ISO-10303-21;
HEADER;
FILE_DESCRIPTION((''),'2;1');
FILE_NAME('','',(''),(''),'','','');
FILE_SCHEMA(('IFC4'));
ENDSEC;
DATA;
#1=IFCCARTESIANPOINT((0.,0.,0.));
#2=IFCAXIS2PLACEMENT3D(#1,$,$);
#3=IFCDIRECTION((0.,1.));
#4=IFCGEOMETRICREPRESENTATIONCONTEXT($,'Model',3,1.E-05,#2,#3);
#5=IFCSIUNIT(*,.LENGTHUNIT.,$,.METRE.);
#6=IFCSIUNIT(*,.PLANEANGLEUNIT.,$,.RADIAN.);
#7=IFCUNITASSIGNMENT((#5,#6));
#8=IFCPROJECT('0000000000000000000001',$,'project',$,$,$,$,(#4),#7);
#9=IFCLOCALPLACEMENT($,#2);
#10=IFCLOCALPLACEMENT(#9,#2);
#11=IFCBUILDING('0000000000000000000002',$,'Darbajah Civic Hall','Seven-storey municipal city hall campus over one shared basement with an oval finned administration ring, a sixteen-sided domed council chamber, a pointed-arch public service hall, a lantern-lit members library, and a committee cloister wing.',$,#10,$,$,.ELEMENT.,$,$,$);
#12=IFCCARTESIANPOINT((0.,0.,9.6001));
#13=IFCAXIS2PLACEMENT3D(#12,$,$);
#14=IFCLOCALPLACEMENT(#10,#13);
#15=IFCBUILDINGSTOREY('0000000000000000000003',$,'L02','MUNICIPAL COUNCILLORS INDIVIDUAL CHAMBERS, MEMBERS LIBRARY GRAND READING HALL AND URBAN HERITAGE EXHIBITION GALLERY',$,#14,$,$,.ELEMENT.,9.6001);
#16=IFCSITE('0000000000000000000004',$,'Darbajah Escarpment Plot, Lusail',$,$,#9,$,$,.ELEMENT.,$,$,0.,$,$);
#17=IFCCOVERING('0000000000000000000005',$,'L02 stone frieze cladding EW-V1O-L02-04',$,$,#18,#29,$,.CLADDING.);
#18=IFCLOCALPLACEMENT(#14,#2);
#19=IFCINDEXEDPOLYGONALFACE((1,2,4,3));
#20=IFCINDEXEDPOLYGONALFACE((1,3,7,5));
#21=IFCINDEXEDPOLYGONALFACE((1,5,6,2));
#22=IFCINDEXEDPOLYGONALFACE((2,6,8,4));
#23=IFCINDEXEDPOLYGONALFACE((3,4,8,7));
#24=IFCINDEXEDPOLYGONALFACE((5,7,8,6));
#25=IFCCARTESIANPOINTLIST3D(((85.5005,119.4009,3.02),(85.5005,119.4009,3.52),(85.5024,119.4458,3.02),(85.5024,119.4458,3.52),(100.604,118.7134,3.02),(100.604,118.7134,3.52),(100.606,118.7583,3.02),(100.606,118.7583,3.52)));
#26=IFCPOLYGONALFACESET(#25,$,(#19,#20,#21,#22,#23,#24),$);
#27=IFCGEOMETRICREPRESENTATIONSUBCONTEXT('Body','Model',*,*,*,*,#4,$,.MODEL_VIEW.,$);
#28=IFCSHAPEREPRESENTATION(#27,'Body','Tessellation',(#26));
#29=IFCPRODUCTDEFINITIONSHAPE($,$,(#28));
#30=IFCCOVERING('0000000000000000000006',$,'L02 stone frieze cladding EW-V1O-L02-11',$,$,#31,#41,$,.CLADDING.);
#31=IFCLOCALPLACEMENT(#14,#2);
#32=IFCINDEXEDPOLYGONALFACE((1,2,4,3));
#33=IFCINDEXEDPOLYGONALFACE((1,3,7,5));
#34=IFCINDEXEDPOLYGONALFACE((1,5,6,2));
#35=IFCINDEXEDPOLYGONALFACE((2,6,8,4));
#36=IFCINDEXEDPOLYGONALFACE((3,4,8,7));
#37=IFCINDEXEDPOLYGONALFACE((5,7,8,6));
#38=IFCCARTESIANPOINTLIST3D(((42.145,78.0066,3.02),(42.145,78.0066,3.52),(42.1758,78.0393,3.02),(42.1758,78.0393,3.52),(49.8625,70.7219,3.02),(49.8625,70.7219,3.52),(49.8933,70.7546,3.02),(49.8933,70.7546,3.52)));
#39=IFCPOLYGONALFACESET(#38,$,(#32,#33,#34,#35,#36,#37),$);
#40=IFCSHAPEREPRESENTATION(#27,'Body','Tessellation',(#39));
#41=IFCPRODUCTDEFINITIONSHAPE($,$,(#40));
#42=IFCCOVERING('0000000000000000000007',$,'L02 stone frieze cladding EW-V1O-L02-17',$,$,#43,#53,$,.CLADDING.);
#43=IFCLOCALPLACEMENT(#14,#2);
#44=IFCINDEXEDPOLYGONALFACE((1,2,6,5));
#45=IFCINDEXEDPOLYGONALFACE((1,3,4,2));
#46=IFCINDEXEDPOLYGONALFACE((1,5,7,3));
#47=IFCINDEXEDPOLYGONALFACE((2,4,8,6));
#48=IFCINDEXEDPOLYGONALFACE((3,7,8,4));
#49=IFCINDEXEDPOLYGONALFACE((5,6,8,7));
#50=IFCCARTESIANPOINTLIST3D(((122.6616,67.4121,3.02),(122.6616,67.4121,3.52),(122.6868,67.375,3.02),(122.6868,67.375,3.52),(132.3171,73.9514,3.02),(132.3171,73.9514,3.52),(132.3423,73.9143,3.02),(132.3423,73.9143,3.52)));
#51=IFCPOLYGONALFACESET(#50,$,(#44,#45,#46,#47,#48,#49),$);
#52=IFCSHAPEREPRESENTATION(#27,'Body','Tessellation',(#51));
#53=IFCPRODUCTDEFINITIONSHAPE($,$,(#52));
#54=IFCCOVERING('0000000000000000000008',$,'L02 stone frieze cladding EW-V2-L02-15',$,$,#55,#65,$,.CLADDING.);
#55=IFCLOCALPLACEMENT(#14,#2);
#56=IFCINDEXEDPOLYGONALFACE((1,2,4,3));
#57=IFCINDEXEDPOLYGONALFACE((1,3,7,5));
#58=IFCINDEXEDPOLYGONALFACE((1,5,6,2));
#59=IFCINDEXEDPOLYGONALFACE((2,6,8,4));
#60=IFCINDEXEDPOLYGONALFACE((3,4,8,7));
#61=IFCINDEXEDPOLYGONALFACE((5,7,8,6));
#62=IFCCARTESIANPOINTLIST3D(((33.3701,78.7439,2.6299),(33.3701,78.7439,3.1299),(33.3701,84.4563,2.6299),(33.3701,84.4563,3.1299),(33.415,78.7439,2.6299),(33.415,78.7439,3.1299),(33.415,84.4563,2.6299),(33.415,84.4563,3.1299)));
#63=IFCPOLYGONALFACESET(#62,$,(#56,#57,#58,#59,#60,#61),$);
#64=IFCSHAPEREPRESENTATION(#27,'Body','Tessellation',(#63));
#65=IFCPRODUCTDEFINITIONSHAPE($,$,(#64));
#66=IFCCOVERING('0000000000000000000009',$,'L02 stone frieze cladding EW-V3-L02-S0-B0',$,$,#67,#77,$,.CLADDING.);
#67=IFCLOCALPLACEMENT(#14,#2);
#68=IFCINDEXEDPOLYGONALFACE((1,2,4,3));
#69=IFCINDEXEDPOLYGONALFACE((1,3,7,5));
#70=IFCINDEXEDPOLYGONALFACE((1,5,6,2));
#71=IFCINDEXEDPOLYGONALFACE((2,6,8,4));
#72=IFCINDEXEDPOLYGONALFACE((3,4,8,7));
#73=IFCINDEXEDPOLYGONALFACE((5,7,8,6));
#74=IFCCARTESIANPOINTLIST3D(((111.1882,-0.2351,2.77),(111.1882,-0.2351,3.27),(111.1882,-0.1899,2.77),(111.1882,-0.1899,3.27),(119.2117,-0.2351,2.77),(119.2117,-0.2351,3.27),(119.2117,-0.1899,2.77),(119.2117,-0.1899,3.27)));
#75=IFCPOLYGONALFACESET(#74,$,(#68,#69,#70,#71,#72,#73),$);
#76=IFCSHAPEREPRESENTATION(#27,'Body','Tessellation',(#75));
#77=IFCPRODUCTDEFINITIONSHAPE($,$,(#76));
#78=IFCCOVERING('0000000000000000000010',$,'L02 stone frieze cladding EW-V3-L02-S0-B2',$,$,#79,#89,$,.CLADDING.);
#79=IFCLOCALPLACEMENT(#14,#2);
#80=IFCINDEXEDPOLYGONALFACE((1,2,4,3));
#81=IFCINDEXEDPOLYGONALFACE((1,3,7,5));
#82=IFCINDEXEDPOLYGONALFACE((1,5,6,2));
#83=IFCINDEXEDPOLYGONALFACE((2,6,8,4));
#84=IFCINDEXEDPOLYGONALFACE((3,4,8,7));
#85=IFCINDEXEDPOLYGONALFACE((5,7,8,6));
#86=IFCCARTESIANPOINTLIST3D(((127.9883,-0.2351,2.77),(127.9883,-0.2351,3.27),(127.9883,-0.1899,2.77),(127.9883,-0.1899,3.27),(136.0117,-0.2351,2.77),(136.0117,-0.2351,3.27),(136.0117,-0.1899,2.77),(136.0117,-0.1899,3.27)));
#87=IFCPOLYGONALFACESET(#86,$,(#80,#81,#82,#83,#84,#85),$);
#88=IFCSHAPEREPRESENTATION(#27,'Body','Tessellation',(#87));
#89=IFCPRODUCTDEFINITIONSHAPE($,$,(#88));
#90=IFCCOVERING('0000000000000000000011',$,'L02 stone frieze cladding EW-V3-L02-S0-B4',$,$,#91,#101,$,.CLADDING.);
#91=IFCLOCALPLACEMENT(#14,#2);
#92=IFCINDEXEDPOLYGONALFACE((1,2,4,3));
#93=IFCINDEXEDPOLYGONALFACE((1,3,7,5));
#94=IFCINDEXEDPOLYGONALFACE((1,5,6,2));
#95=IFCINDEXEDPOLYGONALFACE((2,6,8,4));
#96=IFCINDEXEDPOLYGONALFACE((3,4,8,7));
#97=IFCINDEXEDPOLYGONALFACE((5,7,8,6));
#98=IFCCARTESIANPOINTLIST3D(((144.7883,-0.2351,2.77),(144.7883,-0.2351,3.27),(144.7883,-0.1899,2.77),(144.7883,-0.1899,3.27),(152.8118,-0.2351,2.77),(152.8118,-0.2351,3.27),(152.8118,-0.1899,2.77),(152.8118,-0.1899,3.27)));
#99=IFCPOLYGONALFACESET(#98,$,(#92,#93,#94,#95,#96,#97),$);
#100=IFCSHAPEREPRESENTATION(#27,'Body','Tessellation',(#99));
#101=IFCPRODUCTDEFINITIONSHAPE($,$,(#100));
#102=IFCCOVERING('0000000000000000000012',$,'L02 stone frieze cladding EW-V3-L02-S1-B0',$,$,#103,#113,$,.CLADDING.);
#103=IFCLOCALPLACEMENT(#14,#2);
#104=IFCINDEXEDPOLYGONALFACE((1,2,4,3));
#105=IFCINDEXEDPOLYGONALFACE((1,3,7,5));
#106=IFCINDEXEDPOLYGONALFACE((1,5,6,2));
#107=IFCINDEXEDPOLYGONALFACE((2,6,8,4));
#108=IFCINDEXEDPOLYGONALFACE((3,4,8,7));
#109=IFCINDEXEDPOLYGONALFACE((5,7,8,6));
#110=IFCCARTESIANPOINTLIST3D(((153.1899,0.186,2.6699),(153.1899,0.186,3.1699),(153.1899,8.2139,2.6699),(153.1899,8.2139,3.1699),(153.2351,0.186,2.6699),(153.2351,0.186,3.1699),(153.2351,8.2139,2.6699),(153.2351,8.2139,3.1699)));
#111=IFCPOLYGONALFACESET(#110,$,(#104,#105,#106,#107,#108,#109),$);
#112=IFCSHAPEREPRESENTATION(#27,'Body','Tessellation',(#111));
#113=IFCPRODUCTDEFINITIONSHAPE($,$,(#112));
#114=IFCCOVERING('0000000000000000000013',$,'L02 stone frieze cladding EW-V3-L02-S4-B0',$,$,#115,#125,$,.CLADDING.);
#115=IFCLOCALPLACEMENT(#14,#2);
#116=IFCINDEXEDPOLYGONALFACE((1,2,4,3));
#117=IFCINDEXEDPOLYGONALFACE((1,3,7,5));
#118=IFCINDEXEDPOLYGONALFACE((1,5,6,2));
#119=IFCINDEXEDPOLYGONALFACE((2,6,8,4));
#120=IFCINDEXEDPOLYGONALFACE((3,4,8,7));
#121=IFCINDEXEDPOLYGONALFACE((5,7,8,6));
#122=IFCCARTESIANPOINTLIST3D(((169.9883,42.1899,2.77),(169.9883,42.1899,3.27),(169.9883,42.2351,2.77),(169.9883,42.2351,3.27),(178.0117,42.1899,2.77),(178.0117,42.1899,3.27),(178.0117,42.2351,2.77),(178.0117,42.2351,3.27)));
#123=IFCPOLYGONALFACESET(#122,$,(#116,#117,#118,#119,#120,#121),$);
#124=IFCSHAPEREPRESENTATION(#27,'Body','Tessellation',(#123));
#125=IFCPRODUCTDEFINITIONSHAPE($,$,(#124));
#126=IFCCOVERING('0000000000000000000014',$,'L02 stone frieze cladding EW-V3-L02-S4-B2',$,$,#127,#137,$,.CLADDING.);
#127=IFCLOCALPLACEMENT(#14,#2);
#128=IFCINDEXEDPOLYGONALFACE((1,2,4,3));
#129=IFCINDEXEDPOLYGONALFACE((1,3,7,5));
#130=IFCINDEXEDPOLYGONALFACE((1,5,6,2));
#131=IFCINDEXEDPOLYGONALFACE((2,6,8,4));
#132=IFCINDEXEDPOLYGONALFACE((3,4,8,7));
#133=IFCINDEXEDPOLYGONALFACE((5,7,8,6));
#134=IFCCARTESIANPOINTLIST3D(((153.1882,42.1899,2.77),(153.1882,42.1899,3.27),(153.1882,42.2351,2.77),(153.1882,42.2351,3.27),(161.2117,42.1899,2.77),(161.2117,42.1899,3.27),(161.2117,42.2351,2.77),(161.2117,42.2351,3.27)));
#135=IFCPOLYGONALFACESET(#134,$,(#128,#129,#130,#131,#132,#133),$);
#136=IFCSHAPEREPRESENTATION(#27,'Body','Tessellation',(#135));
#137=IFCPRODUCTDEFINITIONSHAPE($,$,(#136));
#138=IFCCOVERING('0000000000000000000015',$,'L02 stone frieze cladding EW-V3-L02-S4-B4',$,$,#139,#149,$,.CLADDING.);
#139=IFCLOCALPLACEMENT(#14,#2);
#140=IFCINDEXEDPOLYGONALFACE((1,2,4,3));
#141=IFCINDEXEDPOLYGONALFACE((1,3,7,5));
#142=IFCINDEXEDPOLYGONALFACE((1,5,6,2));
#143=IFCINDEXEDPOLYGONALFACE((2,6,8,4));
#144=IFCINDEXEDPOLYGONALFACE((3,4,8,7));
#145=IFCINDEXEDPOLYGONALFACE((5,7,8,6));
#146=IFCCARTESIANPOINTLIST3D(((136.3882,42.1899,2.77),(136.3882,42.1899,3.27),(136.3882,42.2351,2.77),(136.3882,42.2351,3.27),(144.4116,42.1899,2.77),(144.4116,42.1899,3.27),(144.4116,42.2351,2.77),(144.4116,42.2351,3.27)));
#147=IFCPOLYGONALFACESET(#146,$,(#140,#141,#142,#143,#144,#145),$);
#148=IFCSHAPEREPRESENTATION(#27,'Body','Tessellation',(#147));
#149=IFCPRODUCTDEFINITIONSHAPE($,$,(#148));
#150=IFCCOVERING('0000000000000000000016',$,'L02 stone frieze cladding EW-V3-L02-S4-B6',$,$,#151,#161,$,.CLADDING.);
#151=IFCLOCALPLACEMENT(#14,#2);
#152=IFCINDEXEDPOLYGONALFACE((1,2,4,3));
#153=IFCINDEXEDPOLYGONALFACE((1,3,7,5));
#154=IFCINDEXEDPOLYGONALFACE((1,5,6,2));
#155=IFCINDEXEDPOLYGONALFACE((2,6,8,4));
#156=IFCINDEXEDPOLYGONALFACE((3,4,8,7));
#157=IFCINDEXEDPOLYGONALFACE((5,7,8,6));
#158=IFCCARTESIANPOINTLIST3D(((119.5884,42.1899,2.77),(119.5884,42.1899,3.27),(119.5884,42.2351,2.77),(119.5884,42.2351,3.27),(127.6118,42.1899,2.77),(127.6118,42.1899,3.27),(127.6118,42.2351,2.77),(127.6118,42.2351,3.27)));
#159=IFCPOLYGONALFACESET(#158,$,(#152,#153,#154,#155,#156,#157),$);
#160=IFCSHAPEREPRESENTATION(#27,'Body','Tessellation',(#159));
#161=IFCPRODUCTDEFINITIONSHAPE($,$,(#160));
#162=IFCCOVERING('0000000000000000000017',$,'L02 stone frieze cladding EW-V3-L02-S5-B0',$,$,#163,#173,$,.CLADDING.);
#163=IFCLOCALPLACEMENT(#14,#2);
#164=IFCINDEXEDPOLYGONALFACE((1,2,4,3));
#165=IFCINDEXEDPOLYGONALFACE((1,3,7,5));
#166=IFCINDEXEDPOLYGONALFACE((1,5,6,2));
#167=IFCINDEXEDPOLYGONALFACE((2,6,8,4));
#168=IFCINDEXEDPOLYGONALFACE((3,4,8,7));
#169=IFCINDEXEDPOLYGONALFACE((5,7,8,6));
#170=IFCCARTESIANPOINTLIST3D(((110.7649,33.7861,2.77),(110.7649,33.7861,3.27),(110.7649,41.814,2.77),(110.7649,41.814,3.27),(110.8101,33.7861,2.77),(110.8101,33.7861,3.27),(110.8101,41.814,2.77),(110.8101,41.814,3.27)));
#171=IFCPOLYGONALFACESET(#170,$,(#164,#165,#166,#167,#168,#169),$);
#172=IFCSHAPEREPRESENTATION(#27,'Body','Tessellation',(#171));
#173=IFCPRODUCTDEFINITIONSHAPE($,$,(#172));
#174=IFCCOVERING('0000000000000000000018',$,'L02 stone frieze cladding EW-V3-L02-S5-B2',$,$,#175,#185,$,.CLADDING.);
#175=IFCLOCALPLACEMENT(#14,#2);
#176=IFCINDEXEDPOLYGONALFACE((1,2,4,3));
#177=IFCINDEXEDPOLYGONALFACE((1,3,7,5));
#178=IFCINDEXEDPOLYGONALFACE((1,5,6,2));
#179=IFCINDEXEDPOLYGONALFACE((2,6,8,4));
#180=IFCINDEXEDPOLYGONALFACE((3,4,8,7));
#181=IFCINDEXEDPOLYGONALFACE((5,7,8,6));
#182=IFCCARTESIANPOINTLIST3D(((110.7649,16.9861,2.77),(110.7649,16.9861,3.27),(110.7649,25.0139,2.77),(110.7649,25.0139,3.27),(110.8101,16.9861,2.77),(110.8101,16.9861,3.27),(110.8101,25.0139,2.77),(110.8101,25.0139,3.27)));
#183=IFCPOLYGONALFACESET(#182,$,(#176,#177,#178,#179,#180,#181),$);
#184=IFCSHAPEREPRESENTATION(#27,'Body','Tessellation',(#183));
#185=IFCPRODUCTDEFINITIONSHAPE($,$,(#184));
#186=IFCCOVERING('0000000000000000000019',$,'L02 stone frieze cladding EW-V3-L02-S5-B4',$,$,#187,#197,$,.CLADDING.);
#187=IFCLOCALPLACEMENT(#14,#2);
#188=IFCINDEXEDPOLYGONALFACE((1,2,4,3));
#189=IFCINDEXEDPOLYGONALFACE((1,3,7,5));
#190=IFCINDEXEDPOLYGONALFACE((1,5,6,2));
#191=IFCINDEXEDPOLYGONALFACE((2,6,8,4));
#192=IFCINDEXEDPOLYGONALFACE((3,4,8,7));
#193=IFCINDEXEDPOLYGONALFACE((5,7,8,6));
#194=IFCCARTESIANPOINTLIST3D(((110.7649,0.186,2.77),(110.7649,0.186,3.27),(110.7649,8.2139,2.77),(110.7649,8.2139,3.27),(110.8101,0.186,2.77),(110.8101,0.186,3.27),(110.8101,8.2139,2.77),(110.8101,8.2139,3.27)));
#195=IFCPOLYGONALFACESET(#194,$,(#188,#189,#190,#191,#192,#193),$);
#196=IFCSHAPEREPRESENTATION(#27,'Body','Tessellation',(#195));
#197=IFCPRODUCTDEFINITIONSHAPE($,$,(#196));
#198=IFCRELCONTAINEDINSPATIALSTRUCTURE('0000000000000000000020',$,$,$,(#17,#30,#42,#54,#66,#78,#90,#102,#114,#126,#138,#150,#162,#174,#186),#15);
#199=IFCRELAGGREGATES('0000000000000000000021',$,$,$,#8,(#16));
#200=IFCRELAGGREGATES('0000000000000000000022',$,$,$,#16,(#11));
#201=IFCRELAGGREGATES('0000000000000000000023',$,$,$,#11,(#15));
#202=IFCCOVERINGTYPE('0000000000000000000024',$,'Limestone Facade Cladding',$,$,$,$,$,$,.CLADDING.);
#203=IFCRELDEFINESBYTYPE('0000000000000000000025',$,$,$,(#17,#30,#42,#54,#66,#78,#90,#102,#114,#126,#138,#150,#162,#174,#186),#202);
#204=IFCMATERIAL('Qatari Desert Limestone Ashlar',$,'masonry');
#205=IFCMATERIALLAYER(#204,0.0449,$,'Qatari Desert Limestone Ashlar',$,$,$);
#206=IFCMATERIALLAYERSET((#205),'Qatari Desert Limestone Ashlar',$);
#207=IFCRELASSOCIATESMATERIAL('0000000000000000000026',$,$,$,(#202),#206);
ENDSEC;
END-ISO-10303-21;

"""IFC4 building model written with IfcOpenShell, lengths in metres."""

from ifc_helpers import new_model, si_unit, direction, frame, origin, place, context, subcontext, project, spatial, polyline, outline, extrude, material, layer, layer_set, type_object, element, save


model = new_model("IFC4")

# Units and contexts
model_context = context("Model", 3, precision=1e-05, world=origin(), true_north=direction((0.0, 1.0)))
body_context = subcontext(model_context, "Body", "Model", "MODEL_VIEW")
ifc_project = project(units=[si_unit("LENGTHUNIT", "METRE"), si_unit("PLANEANGLEUNIT", "RADIAN")], contexts=[model_context])

# Site, building, storey
site_placement = place(None, origin())
site = spatial("IfcSite", under=ifc_project, at=site_placement, Name="Darbajah Escarpment Plot, Lusail", CompositionType="ELEMENT", RefElevation=0.0)
building_placement = place(site_placement, origin())
building = spatial("IfcBuilding", under=site, at=building_placement, Name="Darbajah Civic Hall", Description="Seven-storey municipal city hall campus over one shared basement with an oval finned administration ring, a sixteen-sided domed council chamber, a pointed-arch public service hall, a lantern-lit members library, and a committee cloister wing.", CompositionType="ELEMENT")
storey_placement = place(building_placement, frame((0.0, 0.0, 9.6001)))
storey = spatial("IfcBuildingStorey", under=building, at=storey_placement, Name="L02", Description="MUNICIPAL COUNCILLORS INDIVIDUAL CHAMBERS, MEMBERS LIBRARY GRAND READING HALL AND URBAN HERITAGE EXHIBITION GALLERY", CompositionType="ELEMENT", Elevation=9.6001)

# Coverings
ifc_material_1 = material(Name="Qatari Desert Limestone Ashlar", Category="masonry")
ifc_layer_1 = layer(ifc_material_1, 0.0449, Name="Qatari Desert Limestone Ashlar")
ifc_layer_set_1 = layer_set([ifc_layer_1], Name="Qatari Desert Limestone Ashlar")
covering_type_1 = type_object("IfcCoveringType", Name="Limestone Facade Cladding", PredefinedType="CLADDING", material=ifc_layer_set_1)
covering_1_placement = place(storey_placement, frame((0.0, 0.0, 3.02)))
element("IfcCovering", 1, at=covering_1_placement, inside=storey, type_object=covering_type_1, Name="L02 stone frieze cladding EW-V1O-L02-04", PredefinedType="CLADDING", context=body_context, shape_type="SweptSolid", body=[
    extrude(outline(polyline([(100.604, 118.7134), (85.5005, 119.4009), (85.5024, 119.4458), (100.606, 118.7583), (100.604, 118.7134)])), origin(), (0.0, 0.0, 1.0), 0.5),
])
covering_2_placement = place(storey_placement, frame((0.0, 0.0, 3.02)))
element("IfcCovering", 2, at=covering_2_placement, inside=storey, type_object=covering_type_1, Name="L02 stone frieze cladding EW-V1O-L02-11", PredefinedType="CLADDING", context=body_context, shape_type="SweptSolid", body=[
    extrude(outline(polyline([(42.1758, 78.0393), (49.8933, 70.7546), (49.8625, 70.7219), (42.145, 78.0066), (42.1758, 78.0393)])), origin(), (0.0, 0.0, 1.0), 0.5),
])
covering_3_placement = place(storey_placement, frame((0.0, 0.0, 3.02)))
element("IfcCovering", 3, at=covering_3_placement, inside=storey, type_object=covering_type_1, Name="L02 stone frieze cladding EW-V1O-L02-17", PredefinedType="CLADDING", context=body_context, shape_type="SweptSolid", body=[
    extrude(outline(polyline([(122.6616, 67.4121), (132.3171, 73.9514), (132.3423, 73.9143), (122.6868, 67.375), (122.6616, 67.4121)])), origin(), (0.0, 0.0, 1.0), 0.5),
])
covering_4_placement = place(storey_placement, frame((0.0, 0.0, 2.6299)))
element("IfcCovering", 4, at=covering_4_placement, inside=storey, type_object=covering_type_1, Name="L02 stone frieze cladding EW-V2-L02-15", PredefinedType="CLADDING", context=body_context, shape_type="SweptSolid", body=[
    extrude(outline(polyline([(33.3701, 78.7439), (33.3701, 84.4563), (33.415, 84.4563), (33.415, 78.7439), (33.3701, 78.7439)])), origin(), (0.0, 0.0, 1.0), 0.5),
])
covering_5_placement = place(storey_placement, frame((0.0, 0.0, 2.77)))
element("IfcCovering", 5, at=covering_5_placement, inside=storey, type_object=covering_type_1, Name="L02 stone frieze cladding EW-V3-L02-S0-B0", PredefinedType="CLADDING", context=body_context, shape_type="SweptSolid", body=[
    extrude(outline(polyline([(111.1882, -0.1899), (119.2117, -0.1899), (119.2117, -0.2351), (111.1882, -0.2351), (111.1882, -0.1899)])), origin(), (0.0, 0.0, 1.0), 0.5),
])
covering_6_placement = place(storey_placement, frame((0.0, 0.0, 2.77)))
element("IfcCovering", 6, at=covering_6_placement, inside=storey, type_object=covering_type_1, Name="L02 stone frieze cladding EW-V3-L02-S0-B2", PredefinedType="CLADDING", context=body_context, shape_type="SweptSolid", body=[
    extrude(outline(polyline([(127.9883, -0.1899), (136.0117, -0.1899), (136.0117, -0.2351), (127.9883, -0.2351), (127.9883, -0.1899)])), origin(), (0.0, 0.0, 1.0), 0.5),
])
covering_7_placement = place(storey_placement, frame((0.0, 0.0, 2.77)))
element("IfcCovering", 7, at=covering_7_placement, inside=storey, type_object=covering_type_1, Name="L02 stone frieze cladding EW-V3-L02-S0-B4", PredefinedType="CLADDING", context=body_context, shape_type="SweptSolid", body=[
    extrude(outline(polyline([(144.7883, -0.1899), (152.8118, -0.1899), (152.8118, -0.2351), (144.7883, -0.2351), (144.7883, -0.1899)])), origin(), (0.0, 0.0, 1.0), 0.5),
])
covering_8_placement = place(storey_placement, frame((0.0, 0.0, 2.6699)))
element("IfcCovering", 8, at=covering_8_placement, inside=storey, type_object=covering_type_1, Name="L02 stone frieze cladding EW-V3-L02-S1-B0", PredefinedType="CLADDING", context=body_context, shape_type="SweptSolid", body=[
    extrude(outline(polyline([(153.1899, 0.186), (153.1899, 8.2139), (153.2351, 8.2139), (153.2351, 0.186), (153.1899, 0.186)])), origin(), (0.0, 0.0, 1.0), 0.5),
])
covering_9_placement = place(storey_placement, frame((0.0, 0.0, 2.77)))
element("IfcCovering", 9, at=covering_9_placement, inside=storey, type_object=covering_type_1, Name="L02 stone frieze cladding EW-V3-L02-S4-B0", PredefinedType="CLADDING", context=body_context, shape_type="SweptSolid", body=[
    extrude(outline(polyline([(178.0117, 42.1899), (169.9883, 42.1899), (169.9883, 42.2351), (178.0117, 42.2351), (178.0117, 42.1899)])), origin(), (0.0, 0.0, 1.0), 0.5),
])
covering_10_placement = place(storey_placement, frame((0.0, 0.0, 2.77)))
element("IfcCovering", 10, at=covering_10_placement, inside=storey, type_object=covering_type_1, Name="L02 stone frieze cladding EW-V3-L02-S4-B2", PredefinedType="CLADDING", context=body_context, shape_type="SweptSolid", body=[
    extrude(outline(polyline([(161.2117, 42.1899), (153.1882, 42.1899), (153.1882, 42.2351), (161.2117, 42.2351), (161.2117, 42.1899)])), origin(), (0.0, 0.0, 1.0), 0.5),
])
covering_11_placement = place(storey_placement, frame((0.0, 0.0, 2.77)))
element("IfcCovering", 11, at=covering_11_placement, inside=storey, type_object=covering_type_1, Name="L02 stone frieze cladding EW-V3-L02-S4-B4", PredefinedType="CLADDING", context=body_context, shape_type="SweptSolid", body=[
    extrude(outline(polyline([(144.4116, 42.1899), (136.3882, 42.1899), (136.3882, 42.2351), (144.4116, 42.2351), (144.4116, 42.1899)])), origin(), (0.0, 0.0, 1.0), 0.5),
])
covering_12_placement = place(storey_placement, frame((0.0, 0.0, 2.77)))
element("IfcCovering", 12, at=covering_12_placement, inside=storey, type_object=covering_type_1, Name="L02 stone frieze cladding EW-V3-L02-S4-B6", PredefinedType="CLADDING", context=body_context, shape_type="SweptSolid", body=[
    extrude(outline(polyline([(127.6118, 42.1899), (119.5884, 42.1899), (119.5884, 42.2351), (127.6118, 42.2351), (127.6118, 42.1899)])), origin(), (0.0, 0.0, 1.0), 0.5),
])
covering_13_placement = place(storey_placement, frame((0.0, 0.0, 2.77)))
element("IfcCovering", 13, at=covering_13_placement, inside=storey, type_object=covering_type_1, Name="L02 stone frieze cladding EW-V3-L02-S5-B0", PredefinedType="CLADDING", context=body_context, shape_type="SweptSolid", body=[
    extrude(outline(polyline([(110.8101, 41.814), (110.8101, 33.7861), (110.7649, 33.7861), (110.7649, 41.814), (110.8101, 41.814)])), origin(), (0.0, 0.0, 1.0), 0.5),
])
covering_14_placement = place(storey_placement, frame((0.0, 0.0, 2.77)))
element("IfcCovering", 14, at=covering_14_placement, inside=storey, type_object=covering_type_1, Name="L02 stone frieze cladding EW-V3-L02-S5-B2", PredefinedType="CLADDING", context=body_context, shape_type="SweptSolid", body=[
    extrude(outline(polyline([(110.8101, 25.0139), (110.8101, 16.9861), (110.7649, 16.9861), (110.7649, 25.0139), (110.8101, 25.0139)])), origin(), (0.0, 0.0, 1.0), 0.5),
])
covering_15_placement = place(storey_placement, frame((0.0, 0.0, 2.77)))
element("IfcCovering", 15, at=covering_15_placement, inside=storey, type_object=covering_type_1, Name="L02 stone frieze cladding EW-V3-L02-S5-B4", PredefinedType="CLADDING", context=body_context, shape_type="SweptSolid", body=[
    extrude(outline(polyline([(110.8101, 8.2139), (110.8101, 0.186), (110.7649, 0.186), (110.7649, 8.2139), (110.8101, 8.2139)])), origin(), (0.0, 0.0, 1.0), 0.5),
])

save(model, "model.ifc")
